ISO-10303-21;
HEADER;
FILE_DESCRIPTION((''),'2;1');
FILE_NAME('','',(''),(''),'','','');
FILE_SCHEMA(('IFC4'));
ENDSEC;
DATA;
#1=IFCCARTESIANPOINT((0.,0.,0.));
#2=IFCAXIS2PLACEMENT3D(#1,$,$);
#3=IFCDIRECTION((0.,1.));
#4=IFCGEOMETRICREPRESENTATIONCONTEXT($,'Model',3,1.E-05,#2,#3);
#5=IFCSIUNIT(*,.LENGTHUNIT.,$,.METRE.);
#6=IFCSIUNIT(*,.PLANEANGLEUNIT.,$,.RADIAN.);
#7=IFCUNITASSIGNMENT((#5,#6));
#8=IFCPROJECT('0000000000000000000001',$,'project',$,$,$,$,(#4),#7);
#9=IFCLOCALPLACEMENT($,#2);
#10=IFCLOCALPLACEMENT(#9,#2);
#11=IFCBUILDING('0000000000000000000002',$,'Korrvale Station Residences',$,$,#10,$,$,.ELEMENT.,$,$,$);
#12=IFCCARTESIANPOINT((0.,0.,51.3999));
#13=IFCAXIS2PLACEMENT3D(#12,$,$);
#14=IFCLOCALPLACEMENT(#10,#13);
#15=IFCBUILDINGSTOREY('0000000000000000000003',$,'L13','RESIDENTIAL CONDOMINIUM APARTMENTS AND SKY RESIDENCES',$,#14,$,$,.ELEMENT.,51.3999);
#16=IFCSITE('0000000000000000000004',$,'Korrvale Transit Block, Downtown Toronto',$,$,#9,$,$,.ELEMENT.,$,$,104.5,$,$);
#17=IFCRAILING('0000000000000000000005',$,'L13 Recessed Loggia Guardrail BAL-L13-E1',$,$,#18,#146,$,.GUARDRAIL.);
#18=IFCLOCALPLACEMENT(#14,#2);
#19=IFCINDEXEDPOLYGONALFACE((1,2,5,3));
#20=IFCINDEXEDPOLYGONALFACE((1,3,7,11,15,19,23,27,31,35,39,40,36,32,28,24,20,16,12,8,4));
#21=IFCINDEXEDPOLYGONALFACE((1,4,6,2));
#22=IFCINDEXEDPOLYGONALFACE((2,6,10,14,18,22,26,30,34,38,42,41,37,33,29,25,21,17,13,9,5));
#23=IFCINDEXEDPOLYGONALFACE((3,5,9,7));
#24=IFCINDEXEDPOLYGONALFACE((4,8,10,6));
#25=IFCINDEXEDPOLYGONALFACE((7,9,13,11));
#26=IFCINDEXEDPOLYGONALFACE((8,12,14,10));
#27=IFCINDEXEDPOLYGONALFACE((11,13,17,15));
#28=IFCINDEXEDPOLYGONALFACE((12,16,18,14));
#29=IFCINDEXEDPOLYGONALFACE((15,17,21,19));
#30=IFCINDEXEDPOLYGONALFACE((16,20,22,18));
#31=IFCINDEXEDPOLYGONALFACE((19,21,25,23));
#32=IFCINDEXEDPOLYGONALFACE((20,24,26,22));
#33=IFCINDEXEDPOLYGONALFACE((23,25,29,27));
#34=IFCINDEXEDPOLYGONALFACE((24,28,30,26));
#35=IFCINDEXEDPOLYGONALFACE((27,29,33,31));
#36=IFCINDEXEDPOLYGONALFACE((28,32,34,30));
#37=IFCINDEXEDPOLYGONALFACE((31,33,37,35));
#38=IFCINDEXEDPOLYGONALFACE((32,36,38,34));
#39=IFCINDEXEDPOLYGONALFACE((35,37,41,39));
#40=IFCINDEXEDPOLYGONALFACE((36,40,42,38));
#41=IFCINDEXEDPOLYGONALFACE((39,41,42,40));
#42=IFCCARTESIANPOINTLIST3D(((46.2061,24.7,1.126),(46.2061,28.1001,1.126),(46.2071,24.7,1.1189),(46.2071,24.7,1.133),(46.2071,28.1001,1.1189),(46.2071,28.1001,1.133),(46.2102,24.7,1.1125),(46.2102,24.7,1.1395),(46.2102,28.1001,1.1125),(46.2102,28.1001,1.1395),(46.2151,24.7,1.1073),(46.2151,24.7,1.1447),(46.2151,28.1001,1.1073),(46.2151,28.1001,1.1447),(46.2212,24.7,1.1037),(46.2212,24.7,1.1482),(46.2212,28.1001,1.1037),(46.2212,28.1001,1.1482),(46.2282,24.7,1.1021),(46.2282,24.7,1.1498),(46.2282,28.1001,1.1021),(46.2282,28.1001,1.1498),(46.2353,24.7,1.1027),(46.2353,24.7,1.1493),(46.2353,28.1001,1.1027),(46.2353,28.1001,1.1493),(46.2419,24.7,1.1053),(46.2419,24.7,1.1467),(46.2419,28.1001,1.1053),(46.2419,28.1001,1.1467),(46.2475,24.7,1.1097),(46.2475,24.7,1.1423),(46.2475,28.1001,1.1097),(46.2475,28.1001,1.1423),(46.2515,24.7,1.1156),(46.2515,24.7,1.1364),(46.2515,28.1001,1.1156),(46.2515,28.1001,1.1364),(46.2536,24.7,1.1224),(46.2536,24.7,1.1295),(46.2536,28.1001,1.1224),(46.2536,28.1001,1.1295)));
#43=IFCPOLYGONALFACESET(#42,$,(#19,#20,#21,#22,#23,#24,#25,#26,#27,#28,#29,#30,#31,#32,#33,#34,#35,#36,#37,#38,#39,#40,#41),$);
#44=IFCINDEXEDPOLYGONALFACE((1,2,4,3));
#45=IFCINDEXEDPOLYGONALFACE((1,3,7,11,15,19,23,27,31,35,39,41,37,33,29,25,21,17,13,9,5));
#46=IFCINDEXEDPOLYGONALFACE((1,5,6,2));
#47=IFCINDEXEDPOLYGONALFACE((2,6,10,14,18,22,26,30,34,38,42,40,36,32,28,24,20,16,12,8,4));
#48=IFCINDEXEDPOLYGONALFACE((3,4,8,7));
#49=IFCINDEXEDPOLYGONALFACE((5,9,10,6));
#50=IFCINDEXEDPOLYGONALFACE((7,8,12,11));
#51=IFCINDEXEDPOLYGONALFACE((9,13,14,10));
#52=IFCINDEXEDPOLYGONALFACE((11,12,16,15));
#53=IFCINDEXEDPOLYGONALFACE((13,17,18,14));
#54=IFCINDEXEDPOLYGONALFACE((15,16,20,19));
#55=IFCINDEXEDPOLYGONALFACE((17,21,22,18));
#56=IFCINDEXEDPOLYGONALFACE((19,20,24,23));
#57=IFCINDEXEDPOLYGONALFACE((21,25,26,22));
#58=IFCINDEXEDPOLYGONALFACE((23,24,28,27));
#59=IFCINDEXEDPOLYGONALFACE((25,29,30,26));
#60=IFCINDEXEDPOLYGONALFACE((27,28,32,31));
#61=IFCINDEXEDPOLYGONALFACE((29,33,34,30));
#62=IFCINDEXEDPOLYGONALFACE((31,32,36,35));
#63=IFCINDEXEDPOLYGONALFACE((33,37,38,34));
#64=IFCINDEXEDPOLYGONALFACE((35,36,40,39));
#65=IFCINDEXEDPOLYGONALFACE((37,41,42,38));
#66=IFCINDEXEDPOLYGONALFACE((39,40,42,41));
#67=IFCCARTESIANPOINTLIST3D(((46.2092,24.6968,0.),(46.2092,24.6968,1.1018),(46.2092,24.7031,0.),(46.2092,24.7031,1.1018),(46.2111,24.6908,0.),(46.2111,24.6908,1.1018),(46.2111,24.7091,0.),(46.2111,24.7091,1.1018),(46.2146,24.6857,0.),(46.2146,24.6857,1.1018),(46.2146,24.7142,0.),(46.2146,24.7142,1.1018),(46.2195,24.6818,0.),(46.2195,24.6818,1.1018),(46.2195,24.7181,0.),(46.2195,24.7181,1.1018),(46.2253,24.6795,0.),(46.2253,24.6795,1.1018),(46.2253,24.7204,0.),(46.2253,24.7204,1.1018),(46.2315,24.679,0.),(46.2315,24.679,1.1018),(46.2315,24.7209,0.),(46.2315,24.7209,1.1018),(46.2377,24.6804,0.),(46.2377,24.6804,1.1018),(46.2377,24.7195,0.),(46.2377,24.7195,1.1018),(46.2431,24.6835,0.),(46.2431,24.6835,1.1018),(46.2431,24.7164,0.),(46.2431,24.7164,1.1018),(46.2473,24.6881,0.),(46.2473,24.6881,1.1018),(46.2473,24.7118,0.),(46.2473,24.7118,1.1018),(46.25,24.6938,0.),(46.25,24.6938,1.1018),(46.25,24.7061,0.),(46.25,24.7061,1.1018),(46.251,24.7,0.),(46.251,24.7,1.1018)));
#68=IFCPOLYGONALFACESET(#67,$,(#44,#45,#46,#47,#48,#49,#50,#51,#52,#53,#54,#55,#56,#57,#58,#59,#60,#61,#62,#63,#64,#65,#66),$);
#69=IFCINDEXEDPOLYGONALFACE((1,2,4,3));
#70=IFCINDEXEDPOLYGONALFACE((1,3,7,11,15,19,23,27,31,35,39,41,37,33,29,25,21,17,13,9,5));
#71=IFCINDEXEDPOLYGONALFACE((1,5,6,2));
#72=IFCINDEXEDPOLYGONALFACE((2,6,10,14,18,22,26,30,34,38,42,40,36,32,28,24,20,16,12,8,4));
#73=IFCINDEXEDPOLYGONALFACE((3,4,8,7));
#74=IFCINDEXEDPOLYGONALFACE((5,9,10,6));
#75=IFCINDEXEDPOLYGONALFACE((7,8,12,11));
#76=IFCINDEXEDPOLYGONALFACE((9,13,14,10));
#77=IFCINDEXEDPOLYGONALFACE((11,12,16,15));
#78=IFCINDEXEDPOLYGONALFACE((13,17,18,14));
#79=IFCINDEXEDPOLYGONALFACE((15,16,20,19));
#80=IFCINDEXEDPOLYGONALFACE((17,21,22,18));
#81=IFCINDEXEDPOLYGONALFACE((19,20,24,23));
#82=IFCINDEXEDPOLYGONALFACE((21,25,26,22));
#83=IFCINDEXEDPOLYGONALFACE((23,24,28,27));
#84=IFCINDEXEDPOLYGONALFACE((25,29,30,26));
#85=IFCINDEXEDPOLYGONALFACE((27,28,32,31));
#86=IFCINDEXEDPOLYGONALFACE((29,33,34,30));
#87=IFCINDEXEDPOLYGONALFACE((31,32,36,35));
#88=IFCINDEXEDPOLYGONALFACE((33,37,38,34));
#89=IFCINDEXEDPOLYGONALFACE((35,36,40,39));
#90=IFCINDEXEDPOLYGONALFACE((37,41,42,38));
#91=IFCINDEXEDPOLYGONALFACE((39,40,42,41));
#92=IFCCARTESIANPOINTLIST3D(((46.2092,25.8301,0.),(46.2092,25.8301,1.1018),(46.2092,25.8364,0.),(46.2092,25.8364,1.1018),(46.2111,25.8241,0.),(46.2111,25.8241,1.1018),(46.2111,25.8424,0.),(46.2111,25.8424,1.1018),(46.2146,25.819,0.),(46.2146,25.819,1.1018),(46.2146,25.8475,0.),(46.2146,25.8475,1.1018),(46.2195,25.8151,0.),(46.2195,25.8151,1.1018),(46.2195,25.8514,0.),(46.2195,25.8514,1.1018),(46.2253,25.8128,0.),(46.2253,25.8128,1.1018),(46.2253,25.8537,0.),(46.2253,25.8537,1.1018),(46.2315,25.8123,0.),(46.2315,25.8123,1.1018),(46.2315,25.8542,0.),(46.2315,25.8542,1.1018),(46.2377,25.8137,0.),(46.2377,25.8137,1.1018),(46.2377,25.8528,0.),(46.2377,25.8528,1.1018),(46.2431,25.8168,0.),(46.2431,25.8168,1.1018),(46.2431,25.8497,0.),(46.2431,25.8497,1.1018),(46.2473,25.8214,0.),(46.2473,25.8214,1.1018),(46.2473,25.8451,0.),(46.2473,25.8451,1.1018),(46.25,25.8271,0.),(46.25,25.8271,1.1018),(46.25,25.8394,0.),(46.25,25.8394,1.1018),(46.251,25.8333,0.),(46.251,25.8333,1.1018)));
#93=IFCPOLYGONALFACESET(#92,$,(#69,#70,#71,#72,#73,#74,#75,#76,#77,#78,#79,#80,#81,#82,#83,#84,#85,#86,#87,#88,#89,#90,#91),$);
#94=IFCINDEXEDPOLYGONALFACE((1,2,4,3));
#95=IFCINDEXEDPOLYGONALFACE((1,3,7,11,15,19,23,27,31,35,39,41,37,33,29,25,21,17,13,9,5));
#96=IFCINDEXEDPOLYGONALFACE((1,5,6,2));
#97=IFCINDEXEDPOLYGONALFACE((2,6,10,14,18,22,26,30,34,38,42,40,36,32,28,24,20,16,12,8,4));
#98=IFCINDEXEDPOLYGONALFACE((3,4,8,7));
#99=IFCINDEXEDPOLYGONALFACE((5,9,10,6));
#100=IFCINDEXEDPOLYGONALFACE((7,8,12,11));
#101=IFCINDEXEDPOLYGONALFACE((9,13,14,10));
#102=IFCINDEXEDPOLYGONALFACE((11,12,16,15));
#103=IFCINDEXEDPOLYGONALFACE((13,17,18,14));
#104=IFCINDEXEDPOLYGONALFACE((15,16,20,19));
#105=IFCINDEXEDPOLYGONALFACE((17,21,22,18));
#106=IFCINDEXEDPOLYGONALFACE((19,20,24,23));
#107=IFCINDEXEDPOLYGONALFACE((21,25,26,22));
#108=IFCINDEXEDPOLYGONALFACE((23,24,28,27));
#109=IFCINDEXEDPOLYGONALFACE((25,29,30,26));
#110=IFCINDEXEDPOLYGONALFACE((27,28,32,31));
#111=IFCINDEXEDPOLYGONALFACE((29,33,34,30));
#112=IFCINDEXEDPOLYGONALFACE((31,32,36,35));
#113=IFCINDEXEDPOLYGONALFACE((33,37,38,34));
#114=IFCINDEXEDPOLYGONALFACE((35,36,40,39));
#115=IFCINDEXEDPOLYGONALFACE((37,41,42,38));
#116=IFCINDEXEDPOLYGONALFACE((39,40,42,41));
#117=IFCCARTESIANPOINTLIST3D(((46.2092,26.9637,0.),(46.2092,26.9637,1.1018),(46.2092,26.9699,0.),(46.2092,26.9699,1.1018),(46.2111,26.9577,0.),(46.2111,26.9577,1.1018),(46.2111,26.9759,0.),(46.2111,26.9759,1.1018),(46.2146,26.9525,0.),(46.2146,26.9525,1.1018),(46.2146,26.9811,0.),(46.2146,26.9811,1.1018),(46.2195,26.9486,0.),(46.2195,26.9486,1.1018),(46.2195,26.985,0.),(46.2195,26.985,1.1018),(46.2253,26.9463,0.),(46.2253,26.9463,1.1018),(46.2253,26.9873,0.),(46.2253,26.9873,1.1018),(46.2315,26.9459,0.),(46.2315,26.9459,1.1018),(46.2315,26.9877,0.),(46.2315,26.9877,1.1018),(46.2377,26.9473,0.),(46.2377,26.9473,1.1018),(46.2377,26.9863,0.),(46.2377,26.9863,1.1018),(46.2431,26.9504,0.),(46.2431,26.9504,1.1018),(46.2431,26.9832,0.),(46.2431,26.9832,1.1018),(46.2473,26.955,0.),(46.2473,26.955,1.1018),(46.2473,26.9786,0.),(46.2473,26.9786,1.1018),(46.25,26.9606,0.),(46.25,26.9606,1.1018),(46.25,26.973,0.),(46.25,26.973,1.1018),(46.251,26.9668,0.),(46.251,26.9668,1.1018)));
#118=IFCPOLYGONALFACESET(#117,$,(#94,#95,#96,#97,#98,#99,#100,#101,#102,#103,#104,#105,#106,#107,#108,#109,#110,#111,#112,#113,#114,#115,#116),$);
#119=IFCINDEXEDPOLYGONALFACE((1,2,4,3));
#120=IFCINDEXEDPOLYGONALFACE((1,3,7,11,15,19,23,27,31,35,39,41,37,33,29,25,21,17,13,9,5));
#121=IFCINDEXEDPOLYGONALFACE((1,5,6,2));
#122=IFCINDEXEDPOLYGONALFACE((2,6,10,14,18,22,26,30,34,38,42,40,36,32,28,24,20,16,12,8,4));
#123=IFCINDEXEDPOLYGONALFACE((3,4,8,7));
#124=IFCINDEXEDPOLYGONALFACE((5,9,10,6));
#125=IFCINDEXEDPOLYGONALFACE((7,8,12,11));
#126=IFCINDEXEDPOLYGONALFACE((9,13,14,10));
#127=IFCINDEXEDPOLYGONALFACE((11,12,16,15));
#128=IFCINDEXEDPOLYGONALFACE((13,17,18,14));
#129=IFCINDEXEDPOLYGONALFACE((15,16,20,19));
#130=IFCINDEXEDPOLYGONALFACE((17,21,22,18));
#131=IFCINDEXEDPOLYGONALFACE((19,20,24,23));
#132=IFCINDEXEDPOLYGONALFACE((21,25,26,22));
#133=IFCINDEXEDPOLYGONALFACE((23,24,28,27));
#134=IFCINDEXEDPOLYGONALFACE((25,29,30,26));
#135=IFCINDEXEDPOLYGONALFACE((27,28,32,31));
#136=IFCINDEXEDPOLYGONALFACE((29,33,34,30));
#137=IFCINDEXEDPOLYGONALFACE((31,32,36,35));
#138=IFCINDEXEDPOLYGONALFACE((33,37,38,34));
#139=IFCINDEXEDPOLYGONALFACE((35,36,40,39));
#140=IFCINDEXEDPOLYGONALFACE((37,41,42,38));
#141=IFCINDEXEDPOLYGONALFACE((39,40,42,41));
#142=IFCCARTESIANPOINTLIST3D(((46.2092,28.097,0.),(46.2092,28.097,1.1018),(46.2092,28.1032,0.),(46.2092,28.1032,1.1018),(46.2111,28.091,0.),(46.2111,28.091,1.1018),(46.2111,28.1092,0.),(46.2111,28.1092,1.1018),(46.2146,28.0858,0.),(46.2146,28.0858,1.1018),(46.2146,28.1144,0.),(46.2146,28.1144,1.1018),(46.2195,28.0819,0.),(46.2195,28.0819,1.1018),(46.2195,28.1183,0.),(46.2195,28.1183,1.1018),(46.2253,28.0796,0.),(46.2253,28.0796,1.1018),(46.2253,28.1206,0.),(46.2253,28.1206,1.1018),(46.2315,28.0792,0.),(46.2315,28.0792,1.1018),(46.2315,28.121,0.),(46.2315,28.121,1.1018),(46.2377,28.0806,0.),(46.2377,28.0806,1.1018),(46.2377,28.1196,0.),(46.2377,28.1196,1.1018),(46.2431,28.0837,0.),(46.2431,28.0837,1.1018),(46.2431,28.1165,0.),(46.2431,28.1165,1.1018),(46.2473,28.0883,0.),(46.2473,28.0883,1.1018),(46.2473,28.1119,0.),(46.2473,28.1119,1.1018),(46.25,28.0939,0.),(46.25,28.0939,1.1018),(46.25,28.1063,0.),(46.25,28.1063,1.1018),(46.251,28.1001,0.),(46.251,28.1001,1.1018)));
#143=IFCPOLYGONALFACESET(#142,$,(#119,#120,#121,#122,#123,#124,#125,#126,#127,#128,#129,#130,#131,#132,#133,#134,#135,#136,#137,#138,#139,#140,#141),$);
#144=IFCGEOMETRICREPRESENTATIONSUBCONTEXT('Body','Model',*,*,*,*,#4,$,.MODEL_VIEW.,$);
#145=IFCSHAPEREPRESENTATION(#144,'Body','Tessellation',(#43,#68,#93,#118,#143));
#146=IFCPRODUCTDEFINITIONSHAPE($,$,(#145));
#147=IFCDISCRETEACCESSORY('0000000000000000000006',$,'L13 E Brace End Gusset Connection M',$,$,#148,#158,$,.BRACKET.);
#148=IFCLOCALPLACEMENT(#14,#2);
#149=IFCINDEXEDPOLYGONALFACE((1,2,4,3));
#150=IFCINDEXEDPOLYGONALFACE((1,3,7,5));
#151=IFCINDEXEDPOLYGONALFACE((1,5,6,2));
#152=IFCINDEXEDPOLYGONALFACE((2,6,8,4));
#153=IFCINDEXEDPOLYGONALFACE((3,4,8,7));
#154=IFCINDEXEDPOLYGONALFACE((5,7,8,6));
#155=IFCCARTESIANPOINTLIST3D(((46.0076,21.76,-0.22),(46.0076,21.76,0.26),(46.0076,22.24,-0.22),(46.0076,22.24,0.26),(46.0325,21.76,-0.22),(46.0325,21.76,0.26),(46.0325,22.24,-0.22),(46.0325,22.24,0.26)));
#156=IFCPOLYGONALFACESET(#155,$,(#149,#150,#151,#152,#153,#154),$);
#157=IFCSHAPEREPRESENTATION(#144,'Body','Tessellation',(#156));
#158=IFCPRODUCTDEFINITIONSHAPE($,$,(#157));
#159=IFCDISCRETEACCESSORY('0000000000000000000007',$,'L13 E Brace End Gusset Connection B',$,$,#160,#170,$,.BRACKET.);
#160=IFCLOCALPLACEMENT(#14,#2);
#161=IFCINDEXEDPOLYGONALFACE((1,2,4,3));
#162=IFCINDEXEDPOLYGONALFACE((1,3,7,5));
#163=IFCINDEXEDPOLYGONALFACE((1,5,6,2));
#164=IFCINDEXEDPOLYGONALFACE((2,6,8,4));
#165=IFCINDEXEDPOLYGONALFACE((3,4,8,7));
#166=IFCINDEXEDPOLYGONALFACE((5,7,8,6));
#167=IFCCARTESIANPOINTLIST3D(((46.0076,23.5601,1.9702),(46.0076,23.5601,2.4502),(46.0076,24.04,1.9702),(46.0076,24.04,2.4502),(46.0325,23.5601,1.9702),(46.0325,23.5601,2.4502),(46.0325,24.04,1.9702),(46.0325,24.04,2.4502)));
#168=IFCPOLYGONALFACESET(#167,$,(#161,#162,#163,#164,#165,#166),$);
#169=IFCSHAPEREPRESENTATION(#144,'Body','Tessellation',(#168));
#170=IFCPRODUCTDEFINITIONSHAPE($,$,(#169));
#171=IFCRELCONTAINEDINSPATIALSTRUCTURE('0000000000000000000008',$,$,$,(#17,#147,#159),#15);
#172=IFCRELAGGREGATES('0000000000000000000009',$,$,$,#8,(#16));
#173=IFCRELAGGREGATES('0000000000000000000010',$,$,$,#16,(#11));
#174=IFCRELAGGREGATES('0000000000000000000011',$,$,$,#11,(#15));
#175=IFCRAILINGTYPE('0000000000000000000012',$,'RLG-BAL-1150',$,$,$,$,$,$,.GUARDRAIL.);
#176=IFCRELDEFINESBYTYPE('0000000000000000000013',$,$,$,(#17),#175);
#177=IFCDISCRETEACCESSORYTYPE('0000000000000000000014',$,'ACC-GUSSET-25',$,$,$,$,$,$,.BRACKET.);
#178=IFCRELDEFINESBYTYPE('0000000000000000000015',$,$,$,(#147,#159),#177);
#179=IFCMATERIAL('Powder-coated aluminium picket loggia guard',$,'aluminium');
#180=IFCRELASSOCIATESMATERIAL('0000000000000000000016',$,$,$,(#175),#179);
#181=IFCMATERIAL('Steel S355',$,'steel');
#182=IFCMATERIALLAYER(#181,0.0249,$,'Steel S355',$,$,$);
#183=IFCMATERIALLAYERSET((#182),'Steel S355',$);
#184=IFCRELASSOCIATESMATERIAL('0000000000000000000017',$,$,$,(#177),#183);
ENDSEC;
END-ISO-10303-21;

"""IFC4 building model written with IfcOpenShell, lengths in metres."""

from ifc_helpers import new_model, si_unit, direction, frame, origin, origin_2d, place, context, subcontext, project, spatial, rectangle, circle, extrude, material, layer, layer_set, type_object, element, save


model = new_model("IFC4")

# Units and contexts
model_context = context("Model", 3, precision=1e-05, world=origin(), true_north=direction((0.0, 1.0)))
body_context = subcontext(model_context, "Body", "Model", "MODEL_VIEW")
ifc_project = project(units=[si_unit("LENGTHUNIT", "METRE"), si_unit("PLANEANGLEUNIT", "RADIAN")], contexts=[model_context])

# Site, building, storey
site_placement = place(None, origin())
site = spatial("IfcSite", under=ifc_project, at=site_placement, Name="Korrvale Transit Block, Downtown Toronto", CompositionType="ELEMENT", RefElevation=104.5)
building_placement = place(site_placement, origin())
building = spatial("IfcBuilding", under=site, at=building_placement, Name="Korrvale Station Residences", CompositionType="ELEMENT")
storey_placement = place(building_placement, frame((0.0, 0.0, 51.3999)))
storey = spatial("IfcBuildingStorey", under=building, at=storey_placement, Name="L13", Description="RESIDENTIAL CONDOMINIUM APARTMENTS AND SKY RESIDENCES", CompositionType="ELEMENT", Elevation=51.3999)

# Shared definitions
ifc_material_1 = material(Name="Steel S355", Category="steel")

# Railing
ifc_material_2 = material(Name="Powder-coated aluminium picket loggia guard", Category="aluminium")
railing_type = type_object("IfcRailingType", Name="RLG-BAL-1150", PredefinedType="GUARDRAIL", material=ifc_material_2)
railing_placement = place(storey_placement, frame((46.23, 24.7, 0.0)))
element("IfcRailing", 1, at=railing_placement, inside=storey, type_object=railing_type, Name="L13 Recessed Loggia Guardrail BAL-L13-E1", PredefinedType="GUARDRAIL", context=body_context, shape_type="SweptSolid", body=[
    extrude(circle(Radius=0.0239, at=origin_2d()), frame((0.0, 0.0, 1.126), z_axis=(0.0, 1.0, 0.0), x_axis=(-1.0, 0.0, 0.0)), (0.0, 0.0, 1.0), 3.4001),
    extrude(circle(Radius=0.021, at=origin_2d()), origin(), (0.0, 0.0, 1.0), 1.1018),
    extrude(circle(Radius=0.021, at=origin_2d()), frame((0.0, 1.1333, 0.0)), (0.0, 0.0, 1.0), 1.1018),
    extrude(circle(Radius=0.021, at=origin_2d()), frame((0.0, 2.2668, 0.0)), (0.0, 0.0, 1.0), 1.1018),
    extrude(circle(Radius=0.021, at=origin_2d()), frame((0.0, 3.4001, 0.0)), (0.0, 0.0, 1.0), 1.1018),
])

# Discrete accessories
ifc_layer_1 = layer(ifc_material_1, 0.0249, Name="Steel S355")
ifc_layer_set_1 = layer_set([ifc_layer_1], Name="Steel S355")
discrete_accessory_type = type_object("IfcDiscreteAccessoryType", Name="ACC-GUSSET-25", PredefinedType="BRACKET", material=ifc_layer_set_1)
for number, where, z_axis, x_axis, name in (
    (2, (46.02, 22.0, -0.22), (0.0, 0.0, 1.0), (0.0, 1.0, 0.0), "L13 E Brace End Gusset Connection M"),
    (3, (46.02, 23.8, 1.9702), (0.0, 0.0, 1.0), (0.0, 1.0, 0.0), "L13 E Brace End Gusset Connection B"),
):
    element("IfcDiscreteAccessory", number, at=place(storey_placement, frame(where, z_axis=z_axis, x_axis=x_axis)), inside=storey, type_object=discrete_accessory_type, Name=name, PredefinedType="BRACKET", context=body_context, shape_type="SweptSolid", body=[
        extrude(rectangle(XDim=0.48, YDim=0.0249, at=origin_2d()), origin(), (0.0, 0.0, 1.0), 0.48),
    ])

save(model, "model.ifc")
